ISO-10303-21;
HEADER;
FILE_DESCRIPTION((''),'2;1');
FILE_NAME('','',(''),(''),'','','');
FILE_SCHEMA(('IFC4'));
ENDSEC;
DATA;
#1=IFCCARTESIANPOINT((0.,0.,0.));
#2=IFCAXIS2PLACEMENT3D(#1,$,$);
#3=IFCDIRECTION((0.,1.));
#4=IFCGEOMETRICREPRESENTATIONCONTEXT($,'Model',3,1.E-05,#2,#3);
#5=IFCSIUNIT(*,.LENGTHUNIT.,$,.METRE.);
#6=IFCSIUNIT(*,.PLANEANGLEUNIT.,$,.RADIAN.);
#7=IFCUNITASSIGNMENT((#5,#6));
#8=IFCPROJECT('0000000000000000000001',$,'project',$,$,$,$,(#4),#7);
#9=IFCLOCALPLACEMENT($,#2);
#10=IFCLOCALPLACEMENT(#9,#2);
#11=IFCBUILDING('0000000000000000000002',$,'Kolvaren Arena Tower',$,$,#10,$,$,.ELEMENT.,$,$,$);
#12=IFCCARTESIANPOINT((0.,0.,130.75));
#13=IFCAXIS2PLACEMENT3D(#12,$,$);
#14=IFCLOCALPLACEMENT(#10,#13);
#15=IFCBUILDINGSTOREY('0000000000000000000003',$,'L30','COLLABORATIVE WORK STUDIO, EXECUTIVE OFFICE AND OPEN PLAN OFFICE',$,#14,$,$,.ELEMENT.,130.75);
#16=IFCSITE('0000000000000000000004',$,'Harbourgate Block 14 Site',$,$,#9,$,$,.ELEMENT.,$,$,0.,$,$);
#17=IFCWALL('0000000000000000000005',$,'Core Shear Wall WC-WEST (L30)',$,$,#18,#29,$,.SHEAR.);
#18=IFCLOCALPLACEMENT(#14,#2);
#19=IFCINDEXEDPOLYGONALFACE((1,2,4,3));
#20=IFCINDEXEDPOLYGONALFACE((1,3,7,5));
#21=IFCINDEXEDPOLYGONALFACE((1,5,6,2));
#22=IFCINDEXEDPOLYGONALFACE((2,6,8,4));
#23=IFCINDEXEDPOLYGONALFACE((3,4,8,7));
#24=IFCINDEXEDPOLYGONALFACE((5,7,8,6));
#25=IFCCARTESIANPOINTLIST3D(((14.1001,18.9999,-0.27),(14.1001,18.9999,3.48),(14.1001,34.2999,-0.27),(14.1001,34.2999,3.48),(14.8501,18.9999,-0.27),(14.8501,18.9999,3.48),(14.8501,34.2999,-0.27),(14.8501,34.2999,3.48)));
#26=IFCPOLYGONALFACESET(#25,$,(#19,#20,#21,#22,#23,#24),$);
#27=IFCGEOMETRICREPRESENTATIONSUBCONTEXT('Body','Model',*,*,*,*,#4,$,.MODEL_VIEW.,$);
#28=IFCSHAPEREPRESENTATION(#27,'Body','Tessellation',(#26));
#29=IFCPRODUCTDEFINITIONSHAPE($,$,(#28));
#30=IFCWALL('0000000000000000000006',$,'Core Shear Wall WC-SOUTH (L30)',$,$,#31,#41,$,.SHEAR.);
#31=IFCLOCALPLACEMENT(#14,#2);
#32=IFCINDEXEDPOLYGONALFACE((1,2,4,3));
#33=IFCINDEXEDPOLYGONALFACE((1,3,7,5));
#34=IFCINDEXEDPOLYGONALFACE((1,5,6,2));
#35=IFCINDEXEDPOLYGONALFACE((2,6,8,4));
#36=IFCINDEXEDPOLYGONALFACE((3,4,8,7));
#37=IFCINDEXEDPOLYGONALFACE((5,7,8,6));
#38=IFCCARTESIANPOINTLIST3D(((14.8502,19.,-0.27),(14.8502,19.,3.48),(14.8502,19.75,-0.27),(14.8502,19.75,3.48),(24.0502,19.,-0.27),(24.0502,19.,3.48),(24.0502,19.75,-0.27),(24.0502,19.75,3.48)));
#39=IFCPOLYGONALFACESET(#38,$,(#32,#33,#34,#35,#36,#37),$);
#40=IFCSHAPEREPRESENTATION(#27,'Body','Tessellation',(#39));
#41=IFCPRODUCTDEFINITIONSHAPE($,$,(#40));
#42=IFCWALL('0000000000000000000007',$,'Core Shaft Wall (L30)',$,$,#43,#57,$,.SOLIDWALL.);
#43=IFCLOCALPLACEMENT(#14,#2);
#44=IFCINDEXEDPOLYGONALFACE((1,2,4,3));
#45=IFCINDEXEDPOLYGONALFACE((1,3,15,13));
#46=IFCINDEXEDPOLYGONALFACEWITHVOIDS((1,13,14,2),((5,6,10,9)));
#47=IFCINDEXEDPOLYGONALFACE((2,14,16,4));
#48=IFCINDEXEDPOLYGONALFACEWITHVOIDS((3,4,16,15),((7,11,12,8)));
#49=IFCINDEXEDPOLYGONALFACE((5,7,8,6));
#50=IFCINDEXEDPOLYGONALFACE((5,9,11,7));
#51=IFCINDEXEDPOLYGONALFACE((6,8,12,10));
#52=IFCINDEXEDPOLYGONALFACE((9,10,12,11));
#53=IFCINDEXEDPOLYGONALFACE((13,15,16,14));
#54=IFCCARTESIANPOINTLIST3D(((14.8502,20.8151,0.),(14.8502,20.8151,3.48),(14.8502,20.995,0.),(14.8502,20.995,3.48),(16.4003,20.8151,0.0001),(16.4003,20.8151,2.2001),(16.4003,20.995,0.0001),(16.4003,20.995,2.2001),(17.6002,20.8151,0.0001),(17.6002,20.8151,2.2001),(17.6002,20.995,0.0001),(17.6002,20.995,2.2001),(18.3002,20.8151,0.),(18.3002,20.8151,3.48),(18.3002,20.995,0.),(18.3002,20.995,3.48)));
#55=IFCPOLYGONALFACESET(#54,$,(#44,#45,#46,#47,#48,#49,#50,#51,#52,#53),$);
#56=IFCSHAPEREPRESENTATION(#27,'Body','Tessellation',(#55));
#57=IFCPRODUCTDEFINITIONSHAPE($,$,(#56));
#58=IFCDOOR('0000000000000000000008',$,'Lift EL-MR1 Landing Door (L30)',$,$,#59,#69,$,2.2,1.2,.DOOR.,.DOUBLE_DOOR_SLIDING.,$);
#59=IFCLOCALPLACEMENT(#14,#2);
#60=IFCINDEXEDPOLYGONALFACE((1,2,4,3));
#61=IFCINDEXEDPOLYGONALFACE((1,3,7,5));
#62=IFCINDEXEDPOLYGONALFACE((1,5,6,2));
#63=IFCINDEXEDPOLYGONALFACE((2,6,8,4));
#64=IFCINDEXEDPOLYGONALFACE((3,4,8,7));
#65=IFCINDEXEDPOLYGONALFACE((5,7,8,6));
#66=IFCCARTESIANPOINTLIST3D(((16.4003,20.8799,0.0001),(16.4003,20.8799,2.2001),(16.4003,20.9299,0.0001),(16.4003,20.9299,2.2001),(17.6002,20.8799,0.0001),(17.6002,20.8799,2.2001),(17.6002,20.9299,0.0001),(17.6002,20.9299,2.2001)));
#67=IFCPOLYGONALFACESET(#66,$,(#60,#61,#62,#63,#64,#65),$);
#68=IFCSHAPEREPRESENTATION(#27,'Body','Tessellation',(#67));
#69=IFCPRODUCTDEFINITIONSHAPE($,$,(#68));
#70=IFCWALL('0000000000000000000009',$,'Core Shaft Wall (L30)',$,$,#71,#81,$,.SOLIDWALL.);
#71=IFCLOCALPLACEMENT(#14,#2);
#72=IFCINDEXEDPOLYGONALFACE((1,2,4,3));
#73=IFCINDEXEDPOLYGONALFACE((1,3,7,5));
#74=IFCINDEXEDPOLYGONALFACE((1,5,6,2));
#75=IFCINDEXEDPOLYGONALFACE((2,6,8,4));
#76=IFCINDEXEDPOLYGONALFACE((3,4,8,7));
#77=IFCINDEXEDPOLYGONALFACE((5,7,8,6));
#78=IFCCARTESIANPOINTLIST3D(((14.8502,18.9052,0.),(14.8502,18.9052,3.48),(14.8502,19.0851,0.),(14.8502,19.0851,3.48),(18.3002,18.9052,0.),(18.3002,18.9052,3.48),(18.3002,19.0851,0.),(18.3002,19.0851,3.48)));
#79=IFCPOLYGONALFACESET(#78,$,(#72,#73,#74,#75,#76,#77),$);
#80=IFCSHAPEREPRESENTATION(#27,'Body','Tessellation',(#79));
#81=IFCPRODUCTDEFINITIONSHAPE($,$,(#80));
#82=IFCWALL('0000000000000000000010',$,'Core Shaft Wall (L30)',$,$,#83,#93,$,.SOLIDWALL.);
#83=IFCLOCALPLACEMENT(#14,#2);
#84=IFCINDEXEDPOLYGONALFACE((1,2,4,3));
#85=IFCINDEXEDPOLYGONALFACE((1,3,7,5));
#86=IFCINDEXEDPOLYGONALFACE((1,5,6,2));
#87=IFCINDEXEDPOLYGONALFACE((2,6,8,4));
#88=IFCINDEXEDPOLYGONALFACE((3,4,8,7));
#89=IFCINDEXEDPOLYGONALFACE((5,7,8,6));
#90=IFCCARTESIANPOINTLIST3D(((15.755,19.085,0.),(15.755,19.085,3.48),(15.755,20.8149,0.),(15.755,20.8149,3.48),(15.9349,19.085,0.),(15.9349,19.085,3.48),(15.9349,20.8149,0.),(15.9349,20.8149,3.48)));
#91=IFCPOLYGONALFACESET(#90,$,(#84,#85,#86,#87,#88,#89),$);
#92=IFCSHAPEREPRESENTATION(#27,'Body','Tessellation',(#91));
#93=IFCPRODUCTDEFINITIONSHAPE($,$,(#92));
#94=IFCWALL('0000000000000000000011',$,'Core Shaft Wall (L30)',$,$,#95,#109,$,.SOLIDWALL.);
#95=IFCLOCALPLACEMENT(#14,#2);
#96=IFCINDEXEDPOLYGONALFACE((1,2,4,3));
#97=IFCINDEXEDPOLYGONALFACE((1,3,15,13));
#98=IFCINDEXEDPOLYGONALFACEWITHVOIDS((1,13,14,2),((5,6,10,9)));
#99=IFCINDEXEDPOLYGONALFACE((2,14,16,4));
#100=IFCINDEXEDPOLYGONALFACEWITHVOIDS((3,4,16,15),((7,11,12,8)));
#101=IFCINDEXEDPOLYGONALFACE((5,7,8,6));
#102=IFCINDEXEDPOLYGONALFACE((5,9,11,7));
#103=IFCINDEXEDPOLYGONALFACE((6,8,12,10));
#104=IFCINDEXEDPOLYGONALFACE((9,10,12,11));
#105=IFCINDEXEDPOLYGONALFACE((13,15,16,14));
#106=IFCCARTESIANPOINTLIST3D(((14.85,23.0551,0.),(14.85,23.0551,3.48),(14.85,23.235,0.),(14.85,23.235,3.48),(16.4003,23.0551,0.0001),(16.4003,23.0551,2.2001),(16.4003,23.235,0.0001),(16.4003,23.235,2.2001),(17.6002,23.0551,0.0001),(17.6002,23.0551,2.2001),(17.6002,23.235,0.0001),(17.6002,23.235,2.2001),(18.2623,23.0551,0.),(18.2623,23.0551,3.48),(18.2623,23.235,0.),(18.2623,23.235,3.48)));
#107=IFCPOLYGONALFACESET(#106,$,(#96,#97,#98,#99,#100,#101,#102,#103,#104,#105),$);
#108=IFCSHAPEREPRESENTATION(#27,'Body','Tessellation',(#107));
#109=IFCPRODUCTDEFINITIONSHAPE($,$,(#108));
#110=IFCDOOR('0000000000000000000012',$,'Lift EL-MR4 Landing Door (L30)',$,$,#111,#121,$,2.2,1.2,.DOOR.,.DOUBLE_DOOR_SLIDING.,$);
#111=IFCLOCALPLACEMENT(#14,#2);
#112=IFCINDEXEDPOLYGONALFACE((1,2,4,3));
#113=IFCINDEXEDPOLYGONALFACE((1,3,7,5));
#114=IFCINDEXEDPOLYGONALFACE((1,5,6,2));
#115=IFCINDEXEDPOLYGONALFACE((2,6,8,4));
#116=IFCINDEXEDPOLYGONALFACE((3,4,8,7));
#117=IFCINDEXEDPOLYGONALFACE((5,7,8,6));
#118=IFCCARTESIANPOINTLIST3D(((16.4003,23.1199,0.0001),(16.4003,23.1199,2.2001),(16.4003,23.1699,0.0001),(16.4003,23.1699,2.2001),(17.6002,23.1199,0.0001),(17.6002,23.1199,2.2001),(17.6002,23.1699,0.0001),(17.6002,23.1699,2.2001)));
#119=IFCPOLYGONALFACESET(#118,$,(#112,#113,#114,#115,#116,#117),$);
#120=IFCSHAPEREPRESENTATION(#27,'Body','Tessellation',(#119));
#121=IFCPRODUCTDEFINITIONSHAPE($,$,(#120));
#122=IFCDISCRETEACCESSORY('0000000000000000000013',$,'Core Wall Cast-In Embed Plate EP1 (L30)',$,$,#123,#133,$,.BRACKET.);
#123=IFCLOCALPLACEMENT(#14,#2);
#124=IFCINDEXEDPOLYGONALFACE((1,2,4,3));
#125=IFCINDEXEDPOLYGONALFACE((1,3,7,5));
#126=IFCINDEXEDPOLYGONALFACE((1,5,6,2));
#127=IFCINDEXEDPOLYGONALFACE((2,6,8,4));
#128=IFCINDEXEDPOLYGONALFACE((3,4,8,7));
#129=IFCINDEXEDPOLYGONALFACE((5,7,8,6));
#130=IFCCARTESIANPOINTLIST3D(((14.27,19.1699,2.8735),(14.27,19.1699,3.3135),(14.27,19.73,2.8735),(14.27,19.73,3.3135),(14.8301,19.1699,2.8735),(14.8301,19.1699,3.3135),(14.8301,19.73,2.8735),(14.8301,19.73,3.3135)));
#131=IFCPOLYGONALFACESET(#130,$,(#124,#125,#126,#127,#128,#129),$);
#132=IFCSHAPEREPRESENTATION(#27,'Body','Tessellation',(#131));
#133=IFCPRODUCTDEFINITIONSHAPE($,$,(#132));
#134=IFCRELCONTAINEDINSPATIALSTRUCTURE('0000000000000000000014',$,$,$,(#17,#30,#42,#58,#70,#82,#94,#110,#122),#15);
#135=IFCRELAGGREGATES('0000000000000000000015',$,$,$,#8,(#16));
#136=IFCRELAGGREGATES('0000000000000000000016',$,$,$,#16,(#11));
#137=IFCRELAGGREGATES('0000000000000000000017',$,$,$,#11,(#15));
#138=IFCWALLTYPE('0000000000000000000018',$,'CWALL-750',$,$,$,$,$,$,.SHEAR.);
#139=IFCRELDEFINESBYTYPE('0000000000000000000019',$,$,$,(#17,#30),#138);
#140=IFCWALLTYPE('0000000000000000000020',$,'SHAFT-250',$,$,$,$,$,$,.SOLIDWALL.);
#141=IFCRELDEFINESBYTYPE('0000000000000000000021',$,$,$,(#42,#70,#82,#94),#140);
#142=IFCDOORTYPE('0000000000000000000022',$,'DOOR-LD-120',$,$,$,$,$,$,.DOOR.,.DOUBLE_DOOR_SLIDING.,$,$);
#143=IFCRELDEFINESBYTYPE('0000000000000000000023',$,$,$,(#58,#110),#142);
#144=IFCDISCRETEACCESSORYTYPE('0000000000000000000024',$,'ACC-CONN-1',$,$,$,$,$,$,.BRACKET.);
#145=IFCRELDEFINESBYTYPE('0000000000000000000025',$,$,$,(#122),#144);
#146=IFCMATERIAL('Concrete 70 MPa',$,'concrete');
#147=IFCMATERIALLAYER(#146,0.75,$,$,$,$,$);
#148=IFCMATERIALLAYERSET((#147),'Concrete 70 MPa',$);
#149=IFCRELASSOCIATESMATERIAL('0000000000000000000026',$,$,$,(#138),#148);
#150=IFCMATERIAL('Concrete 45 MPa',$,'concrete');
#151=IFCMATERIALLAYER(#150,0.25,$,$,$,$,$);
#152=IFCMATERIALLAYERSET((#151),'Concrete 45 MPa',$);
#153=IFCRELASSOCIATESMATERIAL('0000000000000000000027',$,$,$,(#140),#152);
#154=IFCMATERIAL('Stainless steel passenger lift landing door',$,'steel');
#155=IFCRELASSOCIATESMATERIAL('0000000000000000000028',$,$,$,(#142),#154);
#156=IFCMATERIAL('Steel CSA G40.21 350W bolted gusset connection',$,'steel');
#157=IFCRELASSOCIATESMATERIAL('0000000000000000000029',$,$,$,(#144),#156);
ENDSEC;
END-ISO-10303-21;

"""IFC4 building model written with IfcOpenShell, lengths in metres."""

from ifc_helpers import new_model, si_unit, direction, frame, frame_2d, origin, origin_2d, place, context, subcontext, project, spatial, rectangle, extrude, material, layer, layer_set, type_object, element, fill, save


model = new_model("IFC4")

# Units and contexts
model_context = context("Model", 3, precision=1e-05, world=origin(), true_north=direction((0.0, 1.0)))
body_context = subcontext(model_context, "Body", "Model", "MODEL_VIEW")
ifc_project = project(units=[si_unit("LENGTHUNIT", "METRE"), si_unit("PLANEANGLEUNIT", "RADIAN")], contexts=[model_context])

# Site, building, storey
site_placement = place(None, origin())
site = spatial("IfcSite", under=ifc_project, at=site_placement, Name="Harbourgate Block 14 Site", CompositionType="ELEMENT", RefElevation=0.0)
building_placement = place(site_placement, origin())
building = spatial("IfcBuilding", under=site, at=building_placement, Name="Kolvaren Arena Tower", CompositionType="ELEMENT")
storey_placement = place(building_placement, frame((0.0, 0.0, 130.75)))
storey = spatial("IfcBuildingStorey", under=building, at=storey_placement, Name="L30", Description="COLLABORATIVE WORK STUDIO, EXECUTIVE OFFICE AND OPEN PLAN OFFICE", CompositionType="ELEMENT", Elevation=130.75)

# Walls
ifc_material_1 = material(Name="Concrete 70 MPa", Category="concrete")
ifc_layer_1 = layer(ifc_material_1, 0.75)
ifc_layer_set_1 = layer_set([ifc_layer_1], Name="Concrete 70 MPa")
wall_type_1 = type_object("IfcWallType", Name="CWALL-750", PredefinedType="SHEAR", material=ifc_layer_set_1)
wall_1_placement = place(storey_placement, frame((14.4751, 19.0, -0.27), z_axis=(0.0, 0.0, 1.0), x_axis=(0.0, 1.0, 0.0)))
element("IfcWall", 1, at=wall_1_placement, inside=storey, type_object=wall_type_1, Name="Core Shear Wall WC-WEST (L30)", PredefinedType="SHEAR", context=body_context, shape_type="SweptSolid", body=[
    extrude(rectangle(XDim=15.3, YDim=0.75, at=frame_2d((7.6499, 0.0))), origin(), (0.0, 0.0, 1.0), 3.75),
])
wall_2_placement = place(storey_placement, frame((14.8501, 19.375, -0.27), z_axis=(0.0, 0.0, 1.0), x_axis=(1.0, 0.0, 0.0)))
element("IfcWall", 2, at=wall_2_placement, inside=storey, type_object=wall_type_1, Name="Core Shear Wall WC-SOUTH (L30)", PredefinedType="SHEAR", context=body_context, shape_type="SweptSolid", body=[
    extrude(rectangle(XDim=9.2, YDim=0.75, at=frame_2d((4.6001, 0.0))), origin(), (0.0, 0.0, 1.0), 3.75),
])

# Wall, opening, door
ifc_material_2 = material(Name="Concrete 45 MPa", Category="concrete")
ifc_layer_2 = layer(ifc_material_2, 0.25)
ifc_layer_set_2 = layer_set([ifc_layer_2], Name="Concrete 45 MPa")
wall_type_2 = type_object("IfcWallType", Name="SHAFT-250", PredefinedType="SOLIDWALL", material=ifc_layer_set_2)
wall_3_placement = place(storey_placement, frame((14.8501, 20.905, 0.0), z_axis=(0.0, 0.0, 1.0), x_axis=(1.0, 0.0, 0.0)))
wall_3 = element("IfcWall", 3, at=wall_3_placement, inside=storey, type_object=wall_type_2, Name="Core Shaft Wall (L30)", PredefinedType="SOLIDWALL", context=body_context, shape_type="SweptSolid", body=[
    extrude(rectangle(XDim=3.45, YDim=0.1799, at=frame_2d((1.7251, 0.0))), origin(), (0.0, 0.0, 1.0), 3.48),
])
opening_1_placement = place(wall_3_placement, frame((1.55, 0.0, 0.0)))
opening_1 = element("IfcOpeningElement", 4, at=opening_1_placement, cuts=wall_3, PredefinedType="OPENING", context=body_context, shape_type="SweptSolid", body=[
    extrude(rectangle(XDim=1.2, YDim=2.2, at=frame_2d((0.6001, 1.1001))), frame((0.0, 0.0999, 0.0), z_axis=(0.0, -1.0, 0.0), x_axis=(1.0, 0.0, 0.0)), (0.0, 0.0, 1.0), 0.2),
])
ifc_material_3 = material(Name="Stainless steel passenger lift landing door", Category="steel")
door_type = type_object("IfcDoorType", Name="DOOR-LD-120", OperationType="DOUBLE_DOOR_SLIDING", PredefinedType="DOOR", material=ifc_material_3)
door_1_placement = place(opening_1_placement, origin())
door_1 = element("IfcDoor", 5, at=door_1_placement, inside=storey, type_object=door_type, Name="Lift EL-MR1 Landing Door (L30)", OperationType="DOUBLE_DOOR_SLIDING", OverallHeight=2.2, OverallWidth=1.2, PredefinedType="DOOR", context=body_context, shape_type="SweptSolid", body=[
    extrude(rectangle(XDim=1.2, YDim=2.2, at=frame_2d((0.6001, 1.1001))), frame((0.0, 0.0249, 0.0), z_axis=(0.0, -1.0, 0.0), x_axis=(1.0, 0.0, 0.0)), (0.0, 0.0, 1.0), 0.05),
])
fill(opening_1, door_1)

# Walls
wall_4_placement = place(storey_placement, frame((14.8501, 18.9951, 0.0), z_axis=(0.0, 0.0, 1.0), x_axis=(1.0, 0.0, 0.0)))
element("IfcWall", 6, at=wall_4_placement, inside=storey, type_object=wall_type_2, Name="Core Shaft Wall (L30)", PredefinedType="SOLIDWALL", context=body_context, shape_type="SweptSolid", body=[
    extrude(rectangle(XDim=3.45, YDim=0.1799, at=frame_2d((1.7251, 0.0))), origin(), (0.0, 0.0, 1.0), 3.48),
])
wall_5_placement = place(storey_placement, frame((15.845, 19.085, 0.0), z_axis=(0.0, 0.0, 1.0), x_axis=(0.0, 1.0, 0.0)))
element("IfcWall", 7, at=wall_5_placement, inside=storey, type_object=wall_type_2, Name="Core Shaft Wall (L30)", PredefinedType="SOLIDWALL", context=body_context, shape_type="SweptSolid", body=[
    extrude(rectangle(XDim=1.73, YDim=0.1799, at=frame_2d((0.865, 0.0))), origin(), (0.0, 0.0, 1.0), 3.48),
])

# Wall, opening, door
wall_6_placement = place(storey_placement, frame((14.8501, 23.145, 0.0), z_axis=(0.0, 0.0, 1.0), x_axis=(1.0, 0.0, 0.0)))
wall_6 = element("IfcWall", 8, at=wall_6_placement, inside=storey, type_object=wall_type_2, Name="Core Shaft Wall (L30)", PredefinedType="SOLIDWALL", context=body_context, shape_type="SweptSolid", body=[
    extrude(rectangle(XDim=3.4124, YDim=0.1799, at=frame_2d((1.7061, 0.0))), origin(), (0.0, 0.0, 1.0), 3.48),
])
opening_2_placement = place(wall_6_placement, frame((1.55, 0.0, 0.0)))
opening_2 = element("IfcOpeningElement", 9, at=opening_2_placement, cuts=wall_6, PredefinedType="OPENING", context=body_context, shape_type="SweptSolid", body=[
    extrude(rectangle(XDim=1.2, YDim=2.2, at=frame_2d((0.6001, 1.1001))), frame((0.0, 0.0999, 0.0), z_axis=(0.0, -1.0, 0.0), x_axis=(1.0, 0.0, 0.0)), (0.0, 0.0, 1.0), 0.2),
])
door_2_placement = place(opening_2_placement, origin())
door_2 = element("IfcDoor", 10, at=door_2_placement, inside=storey, type_object=door_type, Name="Lift EL-MR4 Landing Door (L30)", OperationType="DOUBLE_DOOR_SLIDING", OverallHeight=2.2, OverallWidth=1.2, PredefinedType="DOOR", context=body_context, shape_type="SweptSolid", body=[
    extrude(rectangle(XDim=1.2, YDim=2.2, at=frame_2d((0.6001, 1.1001))), frame((0.0, 0.0249, 0.0), z_axis=(0.0, -1.0, 0.0), x_axis=(1.0, 0.0, 0.0)), (0.0, 0.0, 1.0), 0.05),
])
fill(opening_2, door_2)

# Discrete accessory
ifc_material_4 = material(Name="Steel CSA G40.21 350W bolted gusset connection", Category="steel")
discrete_accessory_type = type_object("IfcDiscreteAccessoryType", Name="ACC-CONN-1", PredefinedType="BRACKET", material=ifc_material_4)
discrete_accessory_placement = place(storey_placement, frame((14.55, 19.45, 2.8735), z_axis=(0.0, 0.0, 1.0), x_axis=(1.0, 0.0, 0.0)))
element("IfcDiscreteAccessory", 11, at=discrete_accessory_placement, inside=storey, type_object=discrete_accessory_type, Name="Core Wall Cast-In Embed Plate EP1 (L30)", PredefinedType="BRACKET", context=body_context, shape_type="SweptSolid", body=[
    extrude(rectangle(XDim=0.5601, YDim=0.5601, at=origin_2d()), origin(), (0.0, 0.0, 1.0), 0.4399),
])

save(model, "model.ifc")
